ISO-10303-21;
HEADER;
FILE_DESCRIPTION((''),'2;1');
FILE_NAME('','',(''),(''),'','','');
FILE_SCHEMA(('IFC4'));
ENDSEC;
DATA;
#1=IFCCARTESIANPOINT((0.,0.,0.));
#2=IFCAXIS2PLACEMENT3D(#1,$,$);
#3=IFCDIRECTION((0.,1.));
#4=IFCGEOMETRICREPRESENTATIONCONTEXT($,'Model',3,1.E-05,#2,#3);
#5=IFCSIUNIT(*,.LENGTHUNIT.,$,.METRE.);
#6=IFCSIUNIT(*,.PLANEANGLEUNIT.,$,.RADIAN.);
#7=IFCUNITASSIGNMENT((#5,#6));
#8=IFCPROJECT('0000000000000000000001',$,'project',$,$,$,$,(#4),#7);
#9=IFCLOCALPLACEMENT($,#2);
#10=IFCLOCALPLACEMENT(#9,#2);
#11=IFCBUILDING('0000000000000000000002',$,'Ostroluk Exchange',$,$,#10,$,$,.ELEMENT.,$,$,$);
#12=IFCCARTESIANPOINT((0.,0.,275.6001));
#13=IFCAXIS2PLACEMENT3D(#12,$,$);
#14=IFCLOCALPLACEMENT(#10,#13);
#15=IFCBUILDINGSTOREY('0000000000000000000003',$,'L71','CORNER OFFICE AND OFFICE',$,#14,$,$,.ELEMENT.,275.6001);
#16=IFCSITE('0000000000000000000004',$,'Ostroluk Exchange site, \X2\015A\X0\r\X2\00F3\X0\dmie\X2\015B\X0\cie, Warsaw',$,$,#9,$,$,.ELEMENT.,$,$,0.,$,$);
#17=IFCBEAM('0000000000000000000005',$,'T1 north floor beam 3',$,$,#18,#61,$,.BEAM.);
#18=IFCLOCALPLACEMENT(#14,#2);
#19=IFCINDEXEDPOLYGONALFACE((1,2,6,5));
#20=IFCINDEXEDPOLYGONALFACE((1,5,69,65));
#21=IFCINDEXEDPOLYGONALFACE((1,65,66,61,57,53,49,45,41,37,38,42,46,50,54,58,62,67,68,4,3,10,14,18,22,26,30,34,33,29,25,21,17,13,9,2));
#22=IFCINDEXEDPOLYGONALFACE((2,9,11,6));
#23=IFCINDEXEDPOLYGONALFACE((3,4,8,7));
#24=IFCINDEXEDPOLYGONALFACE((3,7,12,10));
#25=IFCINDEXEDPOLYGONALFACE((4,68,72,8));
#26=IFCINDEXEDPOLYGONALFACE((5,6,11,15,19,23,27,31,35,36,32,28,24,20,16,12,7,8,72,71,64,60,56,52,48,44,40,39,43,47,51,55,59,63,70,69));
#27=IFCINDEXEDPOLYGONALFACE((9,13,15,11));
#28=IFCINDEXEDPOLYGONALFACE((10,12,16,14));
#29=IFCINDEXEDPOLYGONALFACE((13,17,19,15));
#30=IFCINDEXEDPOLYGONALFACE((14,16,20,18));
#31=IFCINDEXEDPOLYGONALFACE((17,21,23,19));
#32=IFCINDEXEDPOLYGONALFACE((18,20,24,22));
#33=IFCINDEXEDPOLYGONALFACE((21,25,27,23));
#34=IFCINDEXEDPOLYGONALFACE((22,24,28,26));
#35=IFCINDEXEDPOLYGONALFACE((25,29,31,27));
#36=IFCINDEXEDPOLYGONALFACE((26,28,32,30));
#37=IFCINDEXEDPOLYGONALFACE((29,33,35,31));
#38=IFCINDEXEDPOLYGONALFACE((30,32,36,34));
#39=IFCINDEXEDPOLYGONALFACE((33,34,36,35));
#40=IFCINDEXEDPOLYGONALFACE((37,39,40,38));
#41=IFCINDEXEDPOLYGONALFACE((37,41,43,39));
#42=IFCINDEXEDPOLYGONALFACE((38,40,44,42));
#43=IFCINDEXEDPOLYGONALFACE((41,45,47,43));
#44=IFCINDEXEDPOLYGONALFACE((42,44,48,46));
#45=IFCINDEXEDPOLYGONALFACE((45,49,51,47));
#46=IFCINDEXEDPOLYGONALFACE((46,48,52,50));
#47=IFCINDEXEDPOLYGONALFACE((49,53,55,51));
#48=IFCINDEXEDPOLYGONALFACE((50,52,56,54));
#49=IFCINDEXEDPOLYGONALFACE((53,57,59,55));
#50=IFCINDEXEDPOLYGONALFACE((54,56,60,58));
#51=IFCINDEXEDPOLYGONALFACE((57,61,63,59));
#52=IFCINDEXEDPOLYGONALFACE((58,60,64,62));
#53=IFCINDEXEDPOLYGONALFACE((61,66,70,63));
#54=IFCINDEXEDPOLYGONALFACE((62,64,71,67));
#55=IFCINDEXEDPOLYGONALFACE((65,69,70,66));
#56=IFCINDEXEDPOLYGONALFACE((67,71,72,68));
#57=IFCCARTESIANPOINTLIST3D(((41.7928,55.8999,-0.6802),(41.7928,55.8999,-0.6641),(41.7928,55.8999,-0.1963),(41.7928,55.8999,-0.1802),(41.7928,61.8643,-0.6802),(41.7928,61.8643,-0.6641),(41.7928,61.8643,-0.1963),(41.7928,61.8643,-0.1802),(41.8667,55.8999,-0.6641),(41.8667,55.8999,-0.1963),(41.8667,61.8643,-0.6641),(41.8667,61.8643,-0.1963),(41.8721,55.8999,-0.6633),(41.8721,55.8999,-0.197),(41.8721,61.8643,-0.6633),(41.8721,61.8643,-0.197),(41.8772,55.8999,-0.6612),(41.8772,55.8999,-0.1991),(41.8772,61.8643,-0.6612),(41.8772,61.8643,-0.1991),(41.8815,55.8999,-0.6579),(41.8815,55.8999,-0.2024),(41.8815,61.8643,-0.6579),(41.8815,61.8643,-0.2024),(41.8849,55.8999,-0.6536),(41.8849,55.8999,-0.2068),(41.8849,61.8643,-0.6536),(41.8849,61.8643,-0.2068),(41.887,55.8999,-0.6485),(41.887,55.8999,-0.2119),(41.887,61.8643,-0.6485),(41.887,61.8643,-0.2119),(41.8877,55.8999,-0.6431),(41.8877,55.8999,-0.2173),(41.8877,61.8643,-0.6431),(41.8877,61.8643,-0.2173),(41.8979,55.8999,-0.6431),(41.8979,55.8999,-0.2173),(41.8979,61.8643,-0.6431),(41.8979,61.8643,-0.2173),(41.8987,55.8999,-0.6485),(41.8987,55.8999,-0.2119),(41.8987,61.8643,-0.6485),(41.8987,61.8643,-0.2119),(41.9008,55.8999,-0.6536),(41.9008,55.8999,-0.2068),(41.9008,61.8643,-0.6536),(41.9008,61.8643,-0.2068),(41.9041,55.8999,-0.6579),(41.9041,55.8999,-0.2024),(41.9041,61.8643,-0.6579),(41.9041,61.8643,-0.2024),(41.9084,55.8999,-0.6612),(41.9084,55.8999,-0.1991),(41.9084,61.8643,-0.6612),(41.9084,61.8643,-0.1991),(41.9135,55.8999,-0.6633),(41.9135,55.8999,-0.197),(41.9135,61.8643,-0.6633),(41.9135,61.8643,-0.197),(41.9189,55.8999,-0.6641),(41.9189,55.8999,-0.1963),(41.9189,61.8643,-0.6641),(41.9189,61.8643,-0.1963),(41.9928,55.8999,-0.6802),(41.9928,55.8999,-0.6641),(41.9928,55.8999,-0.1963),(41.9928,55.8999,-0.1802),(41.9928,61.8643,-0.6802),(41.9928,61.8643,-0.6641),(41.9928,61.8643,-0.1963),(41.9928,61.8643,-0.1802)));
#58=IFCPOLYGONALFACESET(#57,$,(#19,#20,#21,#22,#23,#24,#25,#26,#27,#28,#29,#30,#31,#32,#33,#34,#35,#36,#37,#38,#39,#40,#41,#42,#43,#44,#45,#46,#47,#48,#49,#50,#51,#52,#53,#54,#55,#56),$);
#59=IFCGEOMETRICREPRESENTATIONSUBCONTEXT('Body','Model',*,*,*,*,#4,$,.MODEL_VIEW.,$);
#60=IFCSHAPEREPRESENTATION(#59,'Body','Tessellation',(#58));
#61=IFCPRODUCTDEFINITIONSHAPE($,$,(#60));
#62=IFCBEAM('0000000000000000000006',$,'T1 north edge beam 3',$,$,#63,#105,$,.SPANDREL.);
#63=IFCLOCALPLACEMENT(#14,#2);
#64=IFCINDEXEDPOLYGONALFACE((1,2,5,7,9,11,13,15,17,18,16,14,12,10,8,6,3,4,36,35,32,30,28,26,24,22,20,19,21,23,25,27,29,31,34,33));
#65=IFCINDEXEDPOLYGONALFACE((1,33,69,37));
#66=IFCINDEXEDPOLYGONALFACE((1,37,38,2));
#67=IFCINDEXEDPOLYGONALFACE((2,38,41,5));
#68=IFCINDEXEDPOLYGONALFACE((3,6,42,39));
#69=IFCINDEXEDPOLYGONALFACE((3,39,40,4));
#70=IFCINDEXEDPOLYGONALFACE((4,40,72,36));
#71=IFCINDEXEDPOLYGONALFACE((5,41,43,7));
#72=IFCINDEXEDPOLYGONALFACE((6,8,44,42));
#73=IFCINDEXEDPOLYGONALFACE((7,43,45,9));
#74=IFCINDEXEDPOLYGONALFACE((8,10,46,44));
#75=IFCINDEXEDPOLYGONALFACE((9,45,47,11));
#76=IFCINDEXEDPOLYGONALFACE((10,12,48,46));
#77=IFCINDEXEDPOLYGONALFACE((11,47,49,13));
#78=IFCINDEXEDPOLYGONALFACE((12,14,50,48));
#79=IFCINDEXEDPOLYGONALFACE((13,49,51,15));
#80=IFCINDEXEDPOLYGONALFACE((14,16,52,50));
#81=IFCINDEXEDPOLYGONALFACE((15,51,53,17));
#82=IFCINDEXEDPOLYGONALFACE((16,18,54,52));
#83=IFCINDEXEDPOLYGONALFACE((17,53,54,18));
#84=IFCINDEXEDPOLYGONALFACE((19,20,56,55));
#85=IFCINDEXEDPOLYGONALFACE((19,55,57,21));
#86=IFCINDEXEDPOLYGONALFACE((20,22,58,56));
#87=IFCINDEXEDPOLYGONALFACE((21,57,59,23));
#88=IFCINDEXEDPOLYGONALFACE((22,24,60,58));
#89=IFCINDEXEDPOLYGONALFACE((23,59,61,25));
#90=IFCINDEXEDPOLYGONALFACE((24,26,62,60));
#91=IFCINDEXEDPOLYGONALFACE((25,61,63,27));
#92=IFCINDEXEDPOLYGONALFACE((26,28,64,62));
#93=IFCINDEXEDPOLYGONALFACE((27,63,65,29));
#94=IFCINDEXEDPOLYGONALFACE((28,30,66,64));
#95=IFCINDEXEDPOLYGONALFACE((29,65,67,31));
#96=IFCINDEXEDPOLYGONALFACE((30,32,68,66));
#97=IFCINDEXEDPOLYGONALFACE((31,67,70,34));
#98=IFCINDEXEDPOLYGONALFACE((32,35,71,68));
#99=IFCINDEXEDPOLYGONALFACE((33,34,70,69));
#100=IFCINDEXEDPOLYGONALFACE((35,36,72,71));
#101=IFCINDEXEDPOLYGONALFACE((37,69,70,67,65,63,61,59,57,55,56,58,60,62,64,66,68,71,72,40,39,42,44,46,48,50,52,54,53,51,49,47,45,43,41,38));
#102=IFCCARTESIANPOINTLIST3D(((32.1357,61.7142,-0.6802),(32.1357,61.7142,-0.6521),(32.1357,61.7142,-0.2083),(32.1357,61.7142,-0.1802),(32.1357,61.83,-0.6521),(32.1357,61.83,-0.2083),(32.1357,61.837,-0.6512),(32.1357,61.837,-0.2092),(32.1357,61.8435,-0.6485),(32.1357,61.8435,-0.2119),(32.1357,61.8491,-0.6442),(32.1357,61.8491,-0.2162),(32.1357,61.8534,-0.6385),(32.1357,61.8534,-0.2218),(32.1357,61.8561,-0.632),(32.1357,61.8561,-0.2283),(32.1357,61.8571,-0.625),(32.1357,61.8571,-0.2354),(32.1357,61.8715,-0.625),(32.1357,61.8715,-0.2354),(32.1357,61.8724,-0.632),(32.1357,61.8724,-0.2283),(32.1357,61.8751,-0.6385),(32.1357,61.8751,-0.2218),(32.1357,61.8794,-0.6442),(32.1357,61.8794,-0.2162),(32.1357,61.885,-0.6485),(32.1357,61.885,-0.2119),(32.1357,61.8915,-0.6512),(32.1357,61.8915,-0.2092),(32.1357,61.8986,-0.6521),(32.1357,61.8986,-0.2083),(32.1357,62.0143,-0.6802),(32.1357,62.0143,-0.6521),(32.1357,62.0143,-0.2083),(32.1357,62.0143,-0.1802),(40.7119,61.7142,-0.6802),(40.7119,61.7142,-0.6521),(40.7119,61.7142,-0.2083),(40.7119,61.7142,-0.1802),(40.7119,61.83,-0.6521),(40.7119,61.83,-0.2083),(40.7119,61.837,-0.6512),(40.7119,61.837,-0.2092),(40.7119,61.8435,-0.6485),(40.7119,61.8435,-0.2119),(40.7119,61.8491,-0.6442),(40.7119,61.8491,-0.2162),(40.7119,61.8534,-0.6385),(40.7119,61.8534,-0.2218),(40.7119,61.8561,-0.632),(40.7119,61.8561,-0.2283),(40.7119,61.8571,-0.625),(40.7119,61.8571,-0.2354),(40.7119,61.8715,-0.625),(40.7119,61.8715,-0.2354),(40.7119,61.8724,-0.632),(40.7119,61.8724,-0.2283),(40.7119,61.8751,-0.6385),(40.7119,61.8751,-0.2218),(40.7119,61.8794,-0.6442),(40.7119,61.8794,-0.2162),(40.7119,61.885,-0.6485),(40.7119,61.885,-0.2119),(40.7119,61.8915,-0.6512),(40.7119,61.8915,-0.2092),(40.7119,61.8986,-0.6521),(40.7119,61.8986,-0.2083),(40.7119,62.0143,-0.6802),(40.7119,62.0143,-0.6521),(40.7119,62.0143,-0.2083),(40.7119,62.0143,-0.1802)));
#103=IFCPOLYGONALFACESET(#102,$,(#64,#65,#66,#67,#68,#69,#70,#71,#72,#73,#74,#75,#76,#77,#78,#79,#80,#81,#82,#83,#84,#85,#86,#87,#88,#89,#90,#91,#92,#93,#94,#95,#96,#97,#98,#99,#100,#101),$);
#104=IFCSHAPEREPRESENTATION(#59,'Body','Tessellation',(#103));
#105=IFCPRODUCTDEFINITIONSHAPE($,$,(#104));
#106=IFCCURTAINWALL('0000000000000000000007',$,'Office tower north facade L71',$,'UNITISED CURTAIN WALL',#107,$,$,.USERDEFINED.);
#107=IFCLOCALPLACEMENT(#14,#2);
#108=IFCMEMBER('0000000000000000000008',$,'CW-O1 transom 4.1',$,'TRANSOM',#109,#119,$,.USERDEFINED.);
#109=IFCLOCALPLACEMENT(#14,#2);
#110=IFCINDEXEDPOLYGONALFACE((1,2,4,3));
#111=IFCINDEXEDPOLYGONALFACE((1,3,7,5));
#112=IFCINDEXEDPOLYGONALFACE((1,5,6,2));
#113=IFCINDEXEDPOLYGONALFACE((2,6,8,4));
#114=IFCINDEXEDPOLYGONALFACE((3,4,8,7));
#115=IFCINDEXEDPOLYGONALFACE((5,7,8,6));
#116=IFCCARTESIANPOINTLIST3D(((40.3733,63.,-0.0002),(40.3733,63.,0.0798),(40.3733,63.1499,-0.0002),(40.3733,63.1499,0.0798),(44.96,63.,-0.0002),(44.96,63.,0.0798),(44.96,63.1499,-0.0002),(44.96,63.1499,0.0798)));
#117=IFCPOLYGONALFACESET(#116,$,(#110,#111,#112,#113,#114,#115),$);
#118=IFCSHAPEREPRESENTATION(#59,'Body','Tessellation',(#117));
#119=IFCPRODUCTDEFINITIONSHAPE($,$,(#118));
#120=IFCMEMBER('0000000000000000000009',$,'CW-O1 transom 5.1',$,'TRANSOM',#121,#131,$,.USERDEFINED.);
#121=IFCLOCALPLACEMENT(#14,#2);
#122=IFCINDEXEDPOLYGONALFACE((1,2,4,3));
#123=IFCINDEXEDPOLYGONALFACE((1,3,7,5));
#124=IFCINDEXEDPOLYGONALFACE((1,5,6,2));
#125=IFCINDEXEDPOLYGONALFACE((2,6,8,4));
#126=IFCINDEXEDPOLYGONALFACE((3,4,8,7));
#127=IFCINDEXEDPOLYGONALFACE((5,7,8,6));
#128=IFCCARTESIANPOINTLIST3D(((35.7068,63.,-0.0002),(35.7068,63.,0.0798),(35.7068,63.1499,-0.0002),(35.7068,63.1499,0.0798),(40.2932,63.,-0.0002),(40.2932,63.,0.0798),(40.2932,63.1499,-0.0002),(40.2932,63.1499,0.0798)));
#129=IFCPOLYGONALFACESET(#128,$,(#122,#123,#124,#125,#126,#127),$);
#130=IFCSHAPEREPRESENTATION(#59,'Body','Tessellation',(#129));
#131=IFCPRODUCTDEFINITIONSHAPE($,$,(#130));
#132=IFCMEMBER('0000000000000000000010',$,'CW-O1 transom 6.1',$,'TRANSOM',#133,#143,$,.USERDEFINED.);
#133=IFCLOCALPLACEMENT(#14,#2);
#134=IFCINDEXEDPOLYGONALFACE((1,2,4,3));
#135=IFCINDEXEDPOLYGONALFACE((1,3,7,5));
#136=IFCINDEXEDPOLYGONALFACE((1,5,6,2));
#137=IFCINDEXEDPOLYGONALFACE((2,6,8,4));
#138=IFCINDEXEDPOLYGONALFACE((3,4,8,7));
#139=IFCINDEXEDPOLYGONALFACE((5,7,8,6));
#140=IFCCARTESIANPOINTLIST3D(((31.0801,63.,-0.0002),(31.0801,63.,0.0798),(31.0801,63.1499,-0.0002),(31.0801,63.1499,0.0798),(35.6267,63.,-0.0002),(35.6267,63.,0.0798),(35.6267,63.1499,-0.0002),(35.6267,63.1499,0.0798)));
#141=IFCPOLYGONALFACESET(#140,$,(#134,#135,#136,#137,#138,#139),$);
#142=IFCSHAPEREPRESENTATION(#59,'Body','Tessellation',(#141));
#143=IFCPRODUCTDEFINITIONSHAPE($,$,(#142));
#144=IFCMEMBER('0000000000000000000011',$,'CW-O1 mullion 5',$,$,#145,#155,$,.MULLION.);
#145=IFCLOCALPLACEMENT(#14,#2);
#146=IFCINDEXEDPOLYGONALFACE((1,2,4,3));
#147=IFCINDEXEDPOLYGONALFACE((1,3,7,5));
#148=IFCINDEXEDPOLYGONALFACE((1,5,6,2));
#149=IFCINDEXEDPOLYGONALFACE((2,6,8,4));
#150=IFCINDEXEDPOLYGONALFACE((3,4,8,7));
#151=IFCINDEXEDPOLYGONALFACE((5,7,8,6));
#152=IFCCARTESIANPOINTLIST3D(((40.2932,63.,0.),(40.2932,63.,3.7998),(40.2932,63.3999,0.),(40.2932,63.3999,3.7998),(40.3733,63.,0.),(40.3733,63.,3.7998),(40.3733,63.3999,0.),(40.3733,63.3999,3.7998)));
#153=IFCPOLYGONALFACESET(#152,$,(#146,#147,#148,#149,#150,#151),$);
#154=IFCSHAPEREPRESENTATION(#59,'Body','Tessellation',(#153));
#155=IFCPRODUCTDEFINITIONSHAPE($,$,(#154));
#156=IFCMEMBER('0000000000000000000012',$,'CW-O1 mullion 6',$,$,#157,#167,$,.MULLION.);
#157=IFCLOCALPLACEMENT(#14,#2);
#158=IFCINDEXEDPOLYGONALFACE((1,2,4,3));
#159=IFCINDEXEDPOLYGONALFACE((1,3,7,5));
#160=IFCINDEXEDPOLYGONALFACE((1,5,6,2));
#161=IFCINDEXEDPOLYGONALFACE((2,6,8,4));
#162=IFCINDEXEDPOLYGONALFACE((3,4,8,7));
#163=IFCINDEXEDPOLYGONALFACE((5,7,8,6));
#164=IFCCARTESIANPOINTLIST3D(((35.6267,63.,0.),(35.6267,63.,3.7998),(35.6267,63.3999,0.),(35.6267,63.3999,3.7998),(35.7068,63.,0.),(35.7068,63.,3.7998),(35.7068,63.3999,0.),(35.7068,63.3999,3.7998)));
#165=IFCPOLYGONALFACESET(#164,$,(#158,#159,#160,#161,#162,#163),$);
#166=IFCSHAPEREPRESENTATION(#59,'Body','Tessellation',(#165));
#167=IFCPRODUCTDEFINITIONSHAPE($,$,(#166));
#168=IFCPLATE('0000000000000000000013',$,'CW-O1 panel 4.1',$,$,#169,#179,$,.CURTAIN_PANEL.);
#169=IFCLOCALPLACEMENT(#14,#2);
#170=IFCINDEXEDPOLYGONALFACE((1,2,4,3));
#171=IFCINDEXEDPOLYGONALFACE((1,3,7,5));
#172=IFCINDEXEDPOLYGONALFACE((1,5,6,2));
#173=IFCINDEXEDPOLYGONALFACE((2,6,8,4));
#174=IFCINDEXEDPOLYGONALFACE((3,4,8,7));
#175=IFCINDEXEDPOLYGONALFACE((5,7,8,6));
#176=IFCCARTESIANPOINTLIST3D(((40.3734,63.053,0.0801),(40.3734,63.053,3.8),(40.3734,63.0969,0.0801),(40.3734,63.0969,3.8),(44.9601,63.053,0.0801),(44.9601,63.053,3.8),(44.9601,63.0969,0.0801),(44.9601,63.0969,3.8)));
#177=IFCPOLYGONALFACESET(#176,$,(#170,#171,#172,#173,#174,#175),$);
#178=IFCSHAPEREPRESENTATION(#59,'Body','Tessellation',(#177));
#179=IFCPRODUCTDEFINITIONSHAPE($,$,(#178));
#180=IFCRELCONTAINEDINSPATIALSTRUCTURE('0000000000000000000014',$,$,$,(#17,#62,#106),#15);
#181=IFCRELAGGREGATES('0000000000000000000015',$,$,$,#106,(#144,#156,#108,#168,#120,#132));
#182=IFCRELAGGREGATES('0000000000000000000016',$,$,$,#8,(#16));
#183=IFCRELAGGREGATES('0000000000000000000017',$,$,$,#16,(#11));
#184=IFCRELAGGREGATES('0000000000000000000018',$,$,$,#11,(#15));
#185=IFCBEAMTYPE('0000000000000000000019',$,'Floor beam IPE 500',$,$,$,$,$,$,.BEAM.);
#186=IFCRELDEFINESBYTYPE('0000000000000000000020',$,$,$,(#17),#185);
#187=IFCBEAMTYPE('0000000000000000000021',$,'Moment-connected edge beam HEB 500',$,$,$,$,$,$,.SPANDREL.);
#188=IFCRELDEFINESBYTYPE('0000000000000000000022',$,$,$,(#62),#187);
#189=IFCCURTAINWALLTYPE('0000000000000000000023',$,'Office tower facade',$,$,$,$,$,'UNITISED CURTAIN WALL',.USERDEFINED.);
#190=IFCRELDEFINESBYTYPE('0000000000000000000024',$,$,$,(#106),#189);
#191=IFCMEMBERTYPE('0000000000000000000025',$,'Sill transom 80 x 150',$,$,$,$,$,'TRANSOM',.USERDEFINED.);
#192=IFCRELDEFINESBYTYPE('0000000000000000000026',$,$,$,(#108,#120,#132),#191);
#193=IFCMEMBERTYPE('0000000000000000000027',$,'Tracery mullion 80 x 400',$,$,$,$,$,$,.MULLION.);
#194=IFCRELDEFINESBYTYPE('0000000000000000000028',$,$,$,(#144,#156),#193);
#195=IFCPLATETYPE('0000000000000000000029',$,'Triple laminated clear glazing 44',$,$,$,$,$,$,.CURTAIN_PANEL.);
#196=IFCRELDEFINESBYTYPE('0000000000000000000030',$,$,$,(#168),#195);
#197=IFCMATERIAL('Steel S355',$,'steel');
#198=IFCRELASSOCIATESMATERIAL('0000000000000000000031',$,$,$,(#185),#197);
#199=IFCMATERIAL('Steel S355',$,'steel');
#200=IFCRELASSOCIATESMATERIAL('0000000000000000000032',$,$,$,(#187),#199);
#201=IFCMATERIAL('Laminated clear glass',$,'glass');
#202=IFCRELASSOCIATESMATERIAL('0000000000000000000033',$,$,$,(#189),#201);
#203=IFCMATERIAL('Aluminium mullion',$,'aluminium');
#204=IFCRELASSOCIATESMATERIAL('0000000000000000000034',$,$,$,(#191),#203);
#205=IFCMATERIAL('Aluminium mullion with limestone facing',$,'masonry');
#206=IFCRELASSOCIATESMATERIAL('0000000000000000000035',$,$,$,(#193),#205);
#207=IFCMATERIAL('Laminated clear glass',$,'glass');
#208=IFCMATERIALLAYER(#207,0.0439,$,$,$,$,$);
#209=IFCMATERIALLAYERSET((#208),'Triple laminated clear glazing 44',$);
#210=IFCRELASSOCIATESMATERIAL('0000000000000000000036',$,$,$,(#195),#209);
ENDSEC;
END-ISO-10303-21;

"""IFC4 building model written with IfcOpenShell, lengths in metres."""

from ifc_helpers import new_model, si_unit, direction, frame, origin, origin_2d, place, context, subcontext, project, spatial, rectangle, i_section, extrude, material, layer, layer_set, material_profile, profile_set, type_object, element, aggregate, save


model = new_model("IFC4")

# Units and contexts
model_context = context("Model", 3, precision=1e-05, world=origin(), true_north=direction((0.0, 1.0)))
body_context = subcontext(model_context, "Body", "Model", "MODEL_VIEW")
ifc_project = project(units=[si_unit("LENGTHUNIT", "METRE"), si_unit("PLANEANGLEUNIT", "RADIAN")], contexts=[model_context])

# Site, building, storey
site_placement = place(None, origin())
site = spatial("IfcSite", under=ifc_project, at=site_placement, Name="Ostroluk Exchange site, Śródmieście, Warsaw", CompositionType="ELEMENT", RefElevation=0.0)
building_placement = place(site_placement, origin())
building = spatial("IfcBuilding", under=site, at=building_placement, Name="Ostroluk Exchange", CompositionType="ELEMENT")
storey_placement = place(building_placement, frame((0.0, 0.0, 275.6001)))
storey = spatial("IfcBuildingStorey", under=building, at=storey_placement, Name="L71", Description="CORNER OFFICE AND OFFICE", CompositionType="ELEMENT", Elevation=275.6001)

# Beams
ifc_material_1 = material(Name="Steel S355", Category="steel")
ifc_material_profile_1 = material_profile(ifc_material_1, i_section(OverallWidth=0.2, OverallDepth=0.5, WebThickness=0.0103, FlangeThickness=0.0161, FilletRadius=0.021, at=origin_2d()), Name="IPE 500")
ifc_profile_set_1 = profile_set([ifc_material_profile_1], Name="Steel S355")
beam_type_1 = type_object("IfcBeamType", Name="Floor beam IPE 500", PredefinedType="BEAM", material=ifc_profile_set_1)
beam_1_placement = place(storey_placement, frame((41.8928, 55.8999, -0.4302), z_axis=(0.0, 1.0, 0.0), x_axis=(-1.0, 0.0, 0.0)))
element("IfcBeam", 1, at=beam_1_placement, inside=storey, type_object=beam_type_1, Name="T1 north floor beam 3", PredefinedType="BEAM", context=body_context, shape_type="SweptSolid", body=[
    extrude(i_section(OverallWidth=0.2, OverallDepth=0.5, WebThickness=0.0103, FlangeThickness=0.0161, FilletRadius=0.021, at=origin_2d()), origin(), (0.0, 0.0, 1.0), 5.9644),
])
ifc_material_2 = material(Name="Steel S355", Category="steel")
ifc_material_profile_2 = material_profile(ifc_material_2, i_section(OverallWidth=0.3, OverallDepth=0.5, WebThickness=0.0144, FlangeThickness=0.0281, FilletRadius=0.0271, at=origin_2d()), Name="HEB 500")
ifc_profile_set_2 = profile_set([ifc_material_profile_2], Name="Steel S355")
beam_type_2 = type_object("IfcBeamType", Name="Moment-connected edge beam HEB 500", PredefinedType="SPANDREL", material=ifc_profile_set_2)
beam_2_placement = place(storey_placement, frame((40.7119, 61.8643, -0.4302), z_axis=(-1.0, 0.0, 0.0), x_axis=(0.0, -1.0, 0.0)))
element("IfcBeam", 2, at=beam_2_placement, inside=storey, type_object=beam_type_2, Name="T1 north edge beam 3", PredefinedType="SPANDREL", context=body_context, shape_type="SweptSolid", body=[
    extrude(i_section(OverallWidth=0.3, OverallDepth=0.5, WebThickness=0.0144, FlangeThickness=0.0281, FilletRadius=0.0271, at=origin_2d()), origin(), (0.0, 0.0, 1.0), 8.5762),
])

# Curtain wall, members, plate
ifc_material_3 = material(Name="Laminated clear glass", Category="glass")
curtain_wall_type = type_object("IfcCurtainWallType", Name="Office tower facade", ElementType="UNITISED CURTAIN WALL", PredefinedType="USERDEFINED", material=ifc_material_3)
curtain_wall_placement = place(storey_placement, origin())
curtain_wall = element("IfcCurtainWall", 3, at=curtain_wall_placement, inside=storey, type_object=curtain_wall_type, Name="Office tower north facade L71", ObjectType="UNITISED CURTAIN WALL", PredefinedType="USERDEFINED")
ifc_material_4 = material(Name="Aluminium mullion", Category="aluminium")
ifc_material_profile_3 = material_profile(ifc_material_4, rectangle(XDim=0.1499, YDim=0.0801, at=origin_2d()), Name="Sill transom 80 x 150")
ifc_profile_set_3 = profile_set([ifc_material_profile_3], Name="Aluminium mullion")
member_type_1 = type_object("IfcMemberType", Name="Sill transom 80 x 150", ElementType="TRANSOM", PredefinedType="USERDEFINED", material=ifc_profile_set_3)
member_1_placement = place(storey_placement, frame((44.96, 63.075, 0.0398), z_axis=(-1.0, 0.0, 0.0), x_axis=(0.0, -1.0, 0.0)))
member_1 = element("IfcMember", 4, at=member_1_placement, type_object=member_type_1, Name="CW-O1 transom 4.1", ObjectType="TRANSOM", PredefinedType="USERDEFINED", context=body_context, shape_type="SweptSolid", body=[
    extrude(rectangle(XDim=0.1499, YDim=0.0801, at=origin_2d()), origin(), (0.0, 0.0, 1.0), 4.5867),
])
member_2_placement = place(storey_placement, frame((40.2932, 63.075, 0.0398), z_axis=(-1.0, 0.0, 0.0), x_axis=(0.0, -1.0, 0.0)))
member_2 = element("IfcMember", 5, at=member_2_placement, type_object=member_type_1, Name="CW-O1 transom 5.1", ObjectType="TRANSOM", PredefinedType="USERDEFINED", context=body_context, shape_type="SweptSolid", body=[
    extrude(rectangle(XDim=0.1499, YDim=0.0801, at=origin_2d()), origin(), (0.0, 0.0, 1.0), 4.5864),
])
member_3_placement = place(storey_placement, frame((35.6267, 63.075, 0.0398), z_axis=(-1.0, 0.0, 0.0), x_axis=(0.0, -1.0, 0.0)))
member_3 = element("IfcMember", 6, at=member_3_placement, type_object=member_type_1, Name="CW-O1 transom 6.1", ObjectType="TRANSOM", PredefinedType="USERDEFINED", context=body_context, shape_type="SweptSolid", body=[
    extrude(rectangle(XDim=0.1499, YDim=0.0801, at=origin_2d()), origin(), (0.0, 0.0, 1.0), 4.5466),
])
ifc_material_5 = material(Name="Aluminium mullion with limestone facing", Category="masonry")
ifc_material_profile_4 = material_profile(ifc_material_5, rectangle(XDim=0.3999, YDim=0.0801, at=origin_2d()), Name="Tracery mullion 80 x 400")
ifc_profile_set_4 = profile_set([ifc_material_profile_4], Name="Aluminium mullion with limestone facing")
member_type_2 = type_object("IfcMemberType", Name="Tracery mullion 80 x 400", PredefinedType="MULLION", material=ifc_profile_set_4)
member_4_placement = place(storey_placement, frame((40.3333, 63.2, 0.0), z_axis=(0.0, 0.0, 1.0), x_axis=(0.0, -1.0, 0.0)))
member_4 = element("IfcMember", 7, at=member_4_placement, type_object=member_type_2, Name="CW-O1 mullion 5", PredefinedType="MULLION", context=body_context, shape_type="SweptSolid", body=[
    extrude(rectangle(XDim=0.3999, YDim=0.0801, at=origin_2d()), origin(), (0.0, 0.0, 1.0), 3.7998),
])
member_5_placement = place(storey_placement, frame((35.6667, 63.2, 0.0), z_axis=(0.0, 0.0, 1.0), x_axis=(0.0, -1.0, 0.0)))
member_5 = element("IfcMember", 8, at=member_5_placement, type_object=member_type_2, Name="CW-O1 mullion 6", PredefinedType="MULLION", context=body_context, shape_type="SweptSolid", body=[
    extrude(rectangle(XDim=0.3999, YDim=0.0801, at=origin_2d()), origin(), (0.0, 0.0, 1.0), 3.7998),
])
ifc_material_6 = material(Name="Laminated clear glass", Category="glass")
ifc_layer_1 = layer(ifc_material_6, 0.0439)
ifc_layer_set_1 = layer_set([ifc_layer_1], Name="Triple laminated clear glazing 44")
plate_type = type_object("IfcPlateType", Name="Triple laminated clear glazing 44", PredefinedType="CURTAIN_PANEL", material=ifc_layer_set_1)
plate_1_placement = place(storey_placement, frame((42.6667, 63.075, 0.0801), z_axis=(0.0, 0.0, 1.0), x_axis=(-1.0, 0.0, 0.0)))
plate_1 = element("IfcPlate", 9, at=plate_1_placement, type_object=plate_type, Name="CW-O1 panel 4.1", PredefinedType="CURTAIN_PANEL", context=body_context, shape_type="SweptSolid", body=[
    extrude(rectangle(XDim=4.5867, YDim=0.0439, at=origin_2d()), origin(), (0.0, 0.0, 1.0), 3.72),
])
aggregate(curtain_wall, [member_4, member_5, member_1, plate_1, member_2, member_3])

save(model, "model.ifc")
